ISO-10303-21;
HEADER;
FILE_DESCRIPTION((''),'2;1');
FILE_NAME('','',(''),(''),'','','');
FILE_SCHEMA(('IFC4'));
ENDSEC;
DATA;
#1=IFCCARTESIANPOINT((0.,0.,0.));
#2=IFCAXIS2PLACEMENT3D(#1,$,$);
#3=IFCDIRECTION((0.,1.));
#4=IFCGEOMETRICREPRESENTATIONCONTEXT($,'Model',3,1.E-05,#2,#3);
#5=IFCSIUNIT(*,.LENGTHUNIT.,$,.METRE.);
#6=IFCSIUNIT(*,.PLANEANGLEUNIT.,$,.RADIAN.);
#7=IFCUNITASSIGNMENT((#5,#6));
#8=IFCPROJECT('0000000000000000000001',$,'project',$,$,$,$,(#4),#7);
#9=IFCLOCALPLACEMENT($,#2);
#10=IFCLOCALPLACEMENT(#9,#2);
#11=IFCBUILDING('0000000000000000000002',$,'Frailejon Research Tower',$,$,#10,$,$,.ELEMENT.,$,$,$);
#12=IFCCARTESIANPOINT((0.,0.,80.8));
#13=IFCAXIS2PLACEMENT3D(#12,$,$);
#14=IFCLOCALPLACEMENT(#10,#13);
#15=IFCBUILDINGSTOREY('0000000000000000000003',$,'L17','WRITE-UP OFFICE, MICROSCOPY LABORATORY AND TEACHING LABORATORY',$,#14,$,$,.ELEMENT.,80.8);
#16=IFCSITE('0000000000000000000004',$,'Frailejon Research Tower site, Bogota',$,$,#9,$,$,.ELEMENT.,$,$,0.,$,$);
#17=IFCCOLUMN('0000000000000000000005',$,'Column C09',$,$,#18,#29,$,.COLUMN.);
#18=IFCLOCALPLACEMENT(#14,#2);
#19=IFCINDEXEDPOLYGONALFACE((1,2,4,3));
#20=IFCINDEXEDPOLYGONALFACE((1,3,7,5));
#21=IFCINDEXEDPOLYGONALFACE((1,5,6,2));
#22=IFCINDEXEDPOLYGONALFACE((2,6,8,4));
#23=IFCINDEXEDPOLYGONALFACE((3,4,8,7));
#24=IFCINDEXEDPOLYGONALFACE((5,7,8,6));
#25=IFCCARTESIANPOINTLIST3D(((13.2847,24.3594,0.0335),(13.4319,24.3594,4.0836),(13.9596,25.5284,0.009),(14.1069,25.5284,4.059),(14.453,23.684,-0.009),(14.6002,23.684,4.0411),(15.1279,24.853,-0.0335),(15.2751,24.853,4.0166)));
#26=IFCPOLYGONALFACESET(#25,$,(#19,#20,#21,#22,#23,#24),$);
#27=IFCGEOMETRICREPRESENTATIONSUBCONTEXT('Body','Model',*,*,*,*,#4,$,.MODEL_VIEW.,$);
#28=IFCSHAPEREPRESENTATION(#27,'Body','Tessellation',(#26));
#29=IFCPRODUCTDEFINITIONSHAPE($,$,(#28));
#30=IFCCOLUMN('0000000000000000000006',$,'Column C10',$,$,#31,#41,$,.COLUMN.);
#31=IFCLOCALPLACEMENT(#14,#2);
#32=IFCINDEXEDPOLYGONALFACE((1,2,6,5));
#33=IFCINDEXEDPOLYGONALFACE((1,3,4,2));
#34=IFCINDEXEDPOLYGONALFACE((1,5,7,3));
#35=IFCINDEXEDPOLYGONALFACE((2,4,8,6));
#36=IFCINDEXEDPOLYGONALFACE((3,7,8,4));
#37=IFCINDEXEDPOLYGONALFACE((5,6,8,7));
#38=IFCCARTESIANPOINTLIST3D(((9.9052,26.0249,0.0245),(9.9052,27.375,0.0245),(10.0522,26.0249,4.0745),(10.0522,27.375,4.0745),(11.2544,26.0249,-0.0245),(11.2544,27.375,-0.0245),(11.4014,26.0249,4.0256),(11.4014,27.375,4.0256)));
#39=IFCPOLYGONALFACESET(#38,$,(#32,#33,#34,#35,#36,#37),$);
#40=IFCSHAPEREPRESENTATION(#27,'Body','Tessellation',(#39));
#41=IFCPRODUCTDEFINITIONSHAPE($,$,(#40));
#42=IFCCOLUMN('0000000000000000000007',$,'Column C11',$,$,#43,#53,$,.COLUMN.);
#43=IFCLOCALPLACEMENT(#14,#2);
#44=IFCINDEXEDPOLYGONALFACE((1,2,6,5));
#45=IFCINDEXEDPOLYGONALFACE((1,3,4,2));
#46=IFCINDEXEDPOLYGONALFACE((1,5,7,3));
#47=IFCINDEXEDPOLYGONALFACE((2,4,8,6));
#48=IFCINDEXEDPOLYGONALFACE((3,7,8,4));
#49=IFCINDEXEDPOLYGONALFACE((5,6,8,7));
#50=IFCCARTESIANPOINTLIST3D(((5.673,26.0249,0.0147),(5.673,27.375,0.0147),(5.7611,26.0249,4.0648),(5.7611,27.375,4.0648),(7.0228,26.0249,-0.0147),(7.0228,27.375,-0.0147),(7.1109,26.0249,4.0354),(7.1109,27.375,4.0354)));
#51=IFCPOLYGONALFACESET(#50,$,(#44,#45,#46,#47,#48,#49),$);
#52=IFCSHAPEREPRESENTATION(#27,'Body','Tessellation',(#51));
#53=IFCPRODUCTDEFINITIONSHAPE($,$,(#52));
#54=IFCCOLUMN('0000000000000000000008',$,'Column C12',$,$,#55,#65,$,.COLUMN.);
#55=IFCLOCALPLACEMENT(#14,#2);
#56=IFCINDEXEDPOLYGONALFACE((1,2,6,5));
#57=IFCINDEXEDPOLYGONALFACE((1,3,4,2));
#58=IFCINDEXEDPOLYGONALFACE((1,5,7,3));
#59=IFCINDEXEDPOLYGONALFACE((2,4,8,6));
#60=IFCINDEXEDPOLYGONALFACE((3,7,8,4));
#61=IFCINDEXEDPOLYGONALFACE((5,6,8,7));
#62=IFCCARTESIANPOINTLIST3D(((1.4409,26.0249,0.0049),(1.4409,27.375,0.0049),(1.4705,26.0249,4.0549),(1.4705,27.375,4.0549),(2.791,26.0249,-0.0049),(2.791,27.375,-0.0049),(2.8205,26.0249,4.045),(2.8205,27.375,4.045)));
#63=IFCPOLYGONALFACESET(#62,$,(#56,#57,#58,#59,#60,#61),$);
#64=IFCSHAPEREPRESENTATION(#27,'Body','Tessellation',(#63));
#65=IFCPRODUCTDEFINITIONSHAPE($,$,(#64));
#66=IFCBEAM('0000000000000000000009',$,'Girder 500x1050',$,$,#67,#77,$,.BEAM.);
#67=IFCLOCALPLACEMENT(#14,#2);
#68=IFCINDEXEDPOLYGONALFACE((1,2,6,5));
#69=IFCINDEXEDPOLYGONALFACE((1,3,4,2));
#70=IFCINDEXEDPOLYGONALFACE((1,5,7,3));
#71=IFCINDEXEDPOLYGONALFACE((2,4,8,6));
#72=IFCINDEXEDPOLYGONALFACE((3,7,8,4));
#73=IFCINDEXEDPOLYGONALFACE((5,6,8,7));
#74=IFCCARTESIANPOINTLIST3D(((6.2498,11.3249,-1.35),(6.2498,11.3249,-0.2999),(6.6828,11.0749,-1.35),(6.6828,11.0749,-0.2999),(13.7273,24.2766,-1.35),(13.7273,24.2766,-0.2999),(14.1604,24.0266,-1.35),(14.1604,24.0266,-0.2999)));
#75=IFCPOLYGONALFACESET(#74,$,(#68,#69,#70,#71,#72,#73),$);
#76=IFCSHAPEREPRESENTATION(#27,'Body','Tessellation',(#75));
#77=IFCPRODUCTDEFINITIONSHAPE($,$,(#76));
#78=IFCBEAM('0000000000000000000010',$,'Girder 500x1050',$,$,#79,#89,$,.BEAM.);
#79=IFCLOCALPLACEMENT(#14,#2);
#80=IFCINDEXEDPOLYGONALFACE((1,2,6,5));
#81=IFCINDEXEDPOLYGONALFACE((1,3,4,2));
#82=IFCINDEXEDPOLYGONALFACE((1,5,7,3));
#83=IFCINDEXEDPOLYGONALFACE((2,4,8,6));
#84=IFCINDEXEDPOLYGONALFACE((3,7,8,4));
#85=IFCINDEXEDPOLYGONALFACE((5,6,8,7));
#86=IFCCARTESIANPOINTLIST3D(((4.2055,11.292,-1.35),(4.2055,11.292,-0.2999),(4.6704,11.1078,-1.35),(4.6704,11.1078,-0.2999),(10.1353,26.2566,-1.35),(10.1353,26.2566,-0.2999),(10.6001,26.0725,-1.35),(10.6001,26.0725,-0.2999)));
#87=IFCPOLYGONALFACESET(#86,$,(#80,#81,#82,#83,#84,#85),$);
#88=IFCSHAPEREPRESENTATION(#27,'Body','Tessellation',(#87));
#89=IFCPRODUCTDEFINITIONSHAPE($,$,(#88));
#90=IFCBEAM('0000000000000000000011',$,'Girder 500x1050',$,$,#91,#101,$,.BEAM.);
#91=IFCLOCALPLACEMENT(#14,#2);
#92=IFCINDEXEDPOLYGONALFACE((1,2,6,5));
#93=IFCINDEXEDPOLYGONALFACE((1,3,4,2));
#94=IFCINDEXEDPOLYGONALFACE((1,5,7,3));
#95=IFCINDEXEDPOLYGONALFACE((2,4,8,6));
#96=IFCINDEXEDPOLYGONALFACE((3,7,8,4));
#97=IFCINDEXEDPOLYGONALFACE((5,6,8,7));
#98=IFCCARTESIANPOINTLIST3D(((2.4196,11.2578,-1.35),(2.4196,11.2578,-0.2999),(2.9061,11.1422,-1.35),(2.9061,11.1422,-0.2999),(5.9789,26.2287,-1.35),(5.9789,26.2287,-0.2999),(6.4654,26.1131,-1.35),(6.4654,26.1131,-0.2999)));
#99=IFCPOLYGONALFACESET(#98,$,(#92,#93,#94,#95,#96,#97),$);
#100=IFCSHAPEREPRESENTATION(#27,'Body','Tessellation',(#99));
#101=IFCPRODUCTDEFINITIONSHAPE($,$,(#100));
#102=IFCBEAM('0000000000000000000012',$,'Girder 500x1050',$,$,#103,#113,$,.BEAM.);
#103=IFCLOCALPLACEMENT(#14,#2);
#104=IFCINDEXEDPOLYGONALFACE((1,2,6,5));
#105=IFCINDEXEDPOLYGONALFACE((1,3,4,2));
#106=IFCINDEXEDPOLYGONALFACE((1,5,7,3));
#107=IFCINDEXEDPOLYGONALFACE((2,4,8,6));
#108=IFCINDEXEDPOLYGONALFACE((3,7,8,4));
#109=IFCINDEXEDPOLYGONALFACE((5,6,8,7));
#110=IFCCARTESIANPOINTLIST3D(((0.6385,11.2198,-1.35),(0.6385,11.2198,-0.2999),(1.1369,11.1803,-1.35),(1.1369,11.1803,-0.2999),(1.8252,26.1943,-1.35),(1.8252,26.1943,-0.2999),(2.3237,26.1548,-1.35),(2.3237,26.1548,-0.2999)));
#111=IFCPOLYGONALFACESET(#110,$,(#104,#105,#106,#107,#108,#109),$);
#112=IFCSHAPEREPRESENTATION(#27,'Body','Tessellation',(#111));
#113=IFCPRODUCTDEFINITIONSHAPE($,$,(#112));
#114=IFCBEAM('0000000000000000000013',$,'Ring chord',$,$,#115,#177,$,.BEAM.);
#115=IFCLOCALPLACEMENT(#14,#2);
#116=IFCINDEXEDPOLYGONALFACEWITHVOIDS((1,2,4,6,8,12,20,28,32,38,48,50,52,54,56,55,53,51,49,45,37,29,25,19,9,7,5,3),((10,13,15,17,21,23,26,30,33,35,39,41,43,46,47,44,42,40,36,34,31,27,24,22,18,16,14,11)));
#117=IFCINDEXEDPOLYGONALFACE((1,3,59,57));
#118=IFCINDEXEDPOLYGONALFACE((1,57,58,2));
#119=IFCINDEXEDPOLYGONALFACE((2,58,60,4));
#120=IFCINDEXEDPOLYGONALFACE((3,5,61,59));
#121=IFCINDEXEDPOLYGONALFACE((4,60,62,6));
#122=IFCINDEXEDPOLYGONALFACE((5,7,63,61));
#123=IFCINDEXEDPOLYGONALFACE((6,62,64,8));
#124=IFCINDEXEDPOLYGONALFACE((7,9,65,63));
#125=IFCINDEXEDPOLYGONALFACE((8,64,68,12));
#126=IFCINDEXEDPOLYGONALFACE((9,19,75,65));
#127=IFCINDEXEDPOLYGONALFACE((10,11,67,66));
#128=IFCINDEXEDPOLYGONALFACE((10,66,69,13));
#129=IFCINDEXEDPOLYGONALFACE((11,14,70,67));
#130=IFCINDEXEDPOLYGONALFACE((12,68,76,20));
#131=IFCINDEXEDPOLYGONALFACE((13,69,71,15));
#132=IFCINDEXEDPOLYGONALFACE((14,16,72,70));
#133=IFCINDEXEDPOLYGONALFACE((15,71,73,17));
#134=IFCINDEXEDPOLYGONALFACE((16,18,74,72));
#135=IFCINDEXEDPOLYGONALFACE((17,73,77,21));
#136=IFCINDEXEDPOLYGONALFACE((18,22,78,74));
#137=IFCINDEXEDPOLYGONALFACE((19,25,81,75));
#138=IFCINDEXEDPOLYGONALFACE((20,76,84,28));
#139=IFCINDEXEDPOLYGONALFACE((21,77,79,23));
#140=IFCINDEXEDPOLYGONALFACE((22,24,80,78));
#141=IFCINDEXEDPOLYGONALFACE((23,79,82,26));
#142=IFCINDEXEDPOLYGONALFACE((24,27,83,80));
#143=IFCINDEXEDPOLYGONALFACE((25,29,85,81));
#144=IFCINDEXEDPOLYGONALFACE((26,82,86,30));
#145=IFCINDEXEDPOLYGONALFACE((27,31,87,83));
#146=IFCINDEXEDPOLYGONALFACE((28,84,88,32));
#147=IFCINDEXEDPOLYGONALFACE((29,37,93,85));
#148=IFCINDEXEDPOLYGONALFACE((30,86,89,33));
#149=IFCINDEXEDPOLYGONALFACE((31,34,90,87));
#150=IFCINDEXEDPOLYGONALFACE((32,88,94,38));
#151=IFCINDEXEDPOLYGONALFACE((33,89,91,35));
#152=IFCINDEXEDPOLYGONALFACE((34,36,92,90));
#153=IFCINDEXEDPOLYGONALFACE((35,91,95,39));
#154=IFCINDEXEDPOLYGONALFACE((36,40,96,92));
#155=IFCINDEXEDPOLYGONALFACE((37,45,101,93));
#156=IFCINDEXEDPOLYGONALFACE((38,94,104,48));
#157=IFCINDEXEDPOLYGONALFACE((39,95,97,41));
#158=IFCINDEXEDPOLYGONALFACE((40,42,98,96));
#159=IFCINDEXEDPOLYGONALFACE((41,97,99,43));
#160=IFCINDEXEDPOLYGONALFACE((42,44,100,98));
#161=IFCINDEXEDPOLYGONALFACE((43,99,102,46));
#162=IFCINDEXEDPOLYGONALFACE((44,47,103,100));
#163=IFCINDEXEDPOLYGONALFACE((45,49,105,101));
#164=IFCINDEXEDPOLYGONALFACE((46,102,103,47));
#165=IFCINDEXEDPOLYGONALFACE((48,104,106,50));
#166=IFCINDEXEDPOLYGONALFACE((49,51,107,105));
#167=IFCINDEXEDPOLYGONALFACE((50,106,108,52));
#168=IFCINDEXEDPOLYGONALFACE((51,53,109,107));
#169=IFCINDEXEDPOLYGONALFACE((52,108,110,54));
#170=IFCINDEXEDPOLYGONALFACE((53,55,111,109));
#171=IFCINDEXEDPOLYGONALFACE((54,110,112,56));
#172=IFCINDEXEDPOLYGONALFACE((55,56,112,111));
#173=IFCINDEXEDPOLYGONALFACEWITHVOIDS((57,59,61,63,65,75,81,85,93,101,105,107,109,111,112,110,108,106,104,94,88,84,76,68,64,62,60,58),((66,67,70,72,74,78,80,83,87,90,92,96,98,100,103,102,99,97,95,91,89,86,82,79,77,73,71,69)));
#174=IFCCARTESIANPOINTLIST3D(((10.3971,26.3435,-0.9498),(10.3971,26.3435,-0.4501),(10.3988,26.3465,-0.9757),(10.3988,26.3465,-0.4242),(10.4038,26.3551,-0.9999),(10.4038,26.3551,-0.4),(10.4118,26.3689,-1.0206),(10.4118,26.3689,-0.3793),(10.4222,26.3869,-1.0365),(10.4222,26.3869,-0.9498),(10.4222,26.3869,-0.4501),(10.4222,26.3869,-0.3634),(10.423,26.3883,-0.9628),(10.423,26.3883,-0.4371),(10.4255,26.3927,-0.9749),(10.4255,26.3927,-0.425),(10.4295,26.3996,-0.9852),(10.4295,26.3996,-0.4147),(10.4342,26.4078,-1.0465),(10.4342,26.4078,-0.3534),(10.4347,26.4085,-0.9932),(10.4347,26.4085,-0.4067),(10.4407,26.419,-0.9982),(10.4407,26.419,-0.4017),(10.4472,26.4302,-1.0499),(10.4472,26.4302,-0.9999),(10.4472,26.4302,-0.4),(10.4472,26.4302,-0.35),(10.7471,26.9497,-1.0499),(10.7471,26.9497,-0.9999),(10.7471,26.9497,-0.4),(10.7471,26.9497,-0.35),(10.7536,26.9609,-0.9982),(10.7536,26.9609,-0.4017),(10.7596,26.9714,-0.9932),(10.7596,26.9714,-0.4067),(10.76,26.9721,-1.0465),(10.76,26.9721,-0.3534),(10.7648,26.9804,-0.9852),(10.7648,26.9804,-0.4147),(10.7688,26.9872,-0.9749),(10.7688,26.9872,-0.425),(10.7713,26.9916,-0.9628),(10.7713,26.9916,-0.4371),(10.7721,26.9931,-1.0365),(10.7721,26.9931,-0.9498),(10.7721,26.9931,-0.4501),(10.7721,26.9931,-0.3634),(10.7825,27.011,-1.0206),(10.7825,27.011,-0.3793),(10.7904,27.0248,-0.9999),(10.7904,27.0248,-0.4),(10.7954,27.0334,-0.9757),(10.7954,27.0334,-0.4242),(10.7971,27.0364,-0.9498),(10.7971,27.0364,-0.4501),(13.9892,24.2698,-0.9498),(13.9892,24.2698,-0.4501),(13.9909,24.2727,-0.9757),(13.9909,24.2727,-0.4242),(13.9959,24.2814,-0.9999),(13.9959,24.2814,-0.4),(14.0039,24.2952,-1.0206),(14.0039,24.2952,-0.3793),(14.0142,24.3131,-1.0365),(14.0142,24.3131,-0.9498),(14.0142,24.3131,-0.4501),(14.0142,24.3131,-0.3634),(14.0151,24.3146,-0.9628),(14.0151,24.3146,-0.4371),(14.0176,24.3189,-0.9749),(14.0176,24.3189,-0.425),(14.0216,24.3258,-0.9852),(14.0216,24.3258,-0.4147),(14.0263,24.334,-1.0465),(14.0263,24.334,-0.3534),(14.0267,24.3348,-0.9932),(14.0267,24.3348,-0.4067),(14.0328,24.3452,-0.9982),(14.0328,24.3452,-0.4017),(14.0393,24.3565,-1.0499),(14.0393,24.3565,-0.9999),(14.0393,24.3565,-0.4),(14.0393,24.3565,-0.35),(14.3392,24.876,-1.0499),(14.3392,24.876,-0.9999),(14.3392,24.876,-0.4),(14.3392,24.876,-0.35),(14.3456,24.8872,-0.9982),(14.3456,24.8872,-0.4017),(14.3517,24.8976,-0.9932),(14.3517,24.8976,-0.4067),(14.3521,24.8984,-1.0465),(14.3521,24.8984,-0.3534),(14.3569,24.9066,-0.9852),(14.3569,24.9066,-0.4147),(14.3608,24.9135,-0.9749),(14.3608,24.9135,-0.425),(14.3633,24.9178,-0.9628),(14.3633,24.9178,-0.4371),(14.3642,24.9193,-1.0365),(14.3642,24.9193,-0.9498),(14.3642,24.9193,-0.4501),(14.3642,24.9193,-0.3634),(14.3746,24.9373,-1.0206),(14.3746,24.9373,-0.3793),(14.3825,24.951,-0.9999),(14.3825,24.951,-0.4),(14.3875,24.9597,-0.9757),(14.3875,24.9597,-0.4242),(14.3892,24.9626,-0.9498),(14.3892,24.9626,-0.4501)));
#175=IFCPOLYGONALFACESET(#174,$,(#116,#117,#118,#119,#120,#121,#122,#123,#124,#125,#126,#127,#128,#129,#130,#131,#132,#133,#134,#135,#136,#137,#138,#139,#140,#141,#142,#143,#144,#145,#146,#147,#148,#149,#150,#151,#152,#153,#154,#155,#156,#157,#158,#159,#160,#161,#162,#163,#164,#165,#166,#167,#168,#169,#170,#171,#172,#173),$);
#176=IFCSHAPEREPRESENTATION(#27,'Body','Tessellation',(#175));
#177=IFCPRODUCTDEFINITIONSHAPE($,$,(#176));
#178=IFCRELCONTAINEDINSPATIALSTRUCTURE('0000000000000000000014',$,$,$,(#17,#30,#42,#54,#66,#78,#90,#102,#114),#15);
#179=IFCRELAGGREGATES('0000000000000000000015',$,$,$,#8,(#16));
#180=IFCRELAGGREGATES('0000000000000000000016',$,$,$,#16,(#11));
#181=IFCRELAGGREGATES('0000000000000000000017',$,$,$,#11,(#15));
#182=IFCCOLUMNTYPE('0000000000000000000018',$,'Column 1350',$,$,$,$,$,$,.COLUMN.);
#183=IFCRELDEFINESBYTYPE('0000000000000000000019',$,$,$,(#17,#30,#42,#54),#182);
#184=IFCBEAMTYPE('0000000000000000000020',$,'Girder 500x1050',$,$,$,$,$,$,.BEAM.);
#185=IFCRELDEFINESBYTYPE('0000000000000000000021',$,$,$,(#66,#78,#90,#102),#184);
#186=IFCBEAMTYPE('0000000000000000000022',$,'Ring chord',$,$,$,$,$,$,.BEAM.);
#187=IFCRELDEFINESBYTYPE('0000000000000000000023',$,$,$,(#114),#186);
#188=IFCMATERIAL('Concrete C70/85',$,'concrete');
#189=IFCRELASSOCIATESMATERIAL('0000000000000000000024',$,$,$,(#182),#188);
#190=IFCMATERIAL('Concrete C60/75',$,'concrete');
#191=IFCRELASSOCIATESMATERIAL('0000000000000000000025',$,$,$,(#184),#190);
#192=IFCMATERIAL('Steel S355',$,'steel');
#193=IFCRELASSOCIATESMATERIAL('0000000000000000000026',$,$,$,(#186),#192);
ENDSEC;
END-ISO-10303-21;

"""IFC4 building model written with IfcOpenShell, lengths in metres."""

from ifc_helpers import new_model, si_unit, direction, frame, origin, origin_2d, place, context, subcontext, project, spatial, rectangle, hollow_rectangle, extrude, material, material_profile, profile_set, type_object, element, save


model = new_model("IFC4")

# Units and contexts
model_context = context("Model", 3, precision=1e-05, world=origin(), true_north=direction((0.0, 1.0)))
body_context = subcontext(model_context, "Body", "Model", "MODEL_VIEW")
ifc_project = project(units=[si_unit("LENGTHUNIT", "METRE"), si_unit("PLANEANGLEUNIT", "RADIAN")], contexts=[model_context])

# Site, building, storey
site_placement = place(None, origin())
site = spatial("IfcSite", under=ifc_project, at=site_placement, Name="Frailejon Research Tower site, Bogota", CompositionType="ELEMENT", RefElevation=0.0)
building_placement = place(site_placement, origin())
building = spatial("IfcBuilding", under=site, at=building_placement, Name="Frailejon Research Tower", CompositionType="ELEMENT")
storey_placement = place(building_placement, frame((0.0, 0.0, 80.8)))
storey = spatial("IfcBuildingStorey", under=building, at=storey_placement, Name="L17", Description="WRITE-UP OFFICE, MICROSCOPY LABORATORY AND TEACHING LABORATORY", CompositionType="ELEMENT", Elevation=80.8)

# Columns
ifc_material_1 = material(Name="Concrete C70/85", Category="concrete")
ifc_material_profile_1 = material_profile(ifc_material_1, rectangle(XDim=1.3501, YDim=1.3501, at=origin_2d()), Name="Column 1350")
ifc_profile_set_1 = profile_set([ifc_material_profile_1], Name="Concrete C70/85")
column_type = type_object("IfcColumnType", Name="Column 1350", PredefinedType="COLUMN", material=ifc_profile_set_1)
for number, where, z_axis, x_axis, name in (
    (1, (14.2063, 24.6062, 0.0), (0.036325, 0.0, 0.99934), (-0.865312, 0.500246, 0.031454), "Column C09"),
    (2, (10.5798, 26.7, 0.0), (0.036265, 0.0, 0.999342), (-0.999342, 0.0, 0.036265), "Column C10"),
):
    element("IfcColumn", number, at=place(storey_placement, frame(where, z_axis=z_axis, x_axis=x_axis)), inside=storey, type_object=column_type, Name=name, PredefinedType="COLUMN", context=body_context, shape_type="SweptSolid", body=[
        extrude(rectangle(XDim=1.3501, YDim=1.3501, at=origin_2d()), origin(), (0.0, 0.0, 1.0), 4.0527),
    ])
column_1_placement = place(storey_placement, frame((6.3479, 26.7, 0.0), z_axis=(0.021756, 0.0, 0.999763), x_axis=(-0.999763, 0.0, 0.021756)))
element("IfcColumn", 3, at=column_1_placement, inside=storey, type_object=column_type, Name="Column C11", PredefinedType="COLUMN", context=body_context, shape_type="SweptSolid", body=[
    extrude(rectangle(XDim=1.3501, YDim=1.3501, at=origin_2d()), origin(), (0.0, 0.0, 1.0), 4.051),
])
column_2_placement = place(storey_placement, frame((2.116, 26.7, 0.0), z_axis=(0.007294, 0.0, 0.999973), x_axis=(-0.999973, 0.0, 0.007294)))
element("IfcColumn", 4, at=column_2_placement, inside=storey, type_object=column_type, Name="Column C12", PredefinedType="COLUMN", context=body_context, shape_type="SweptSolid", body=[
    extrude(rectangle(XDim=1.3501, YDim=1.3501, at=origin_2d()), origin(), (0.0, 0.0, 1.0), 4.05),
])

# Beams
ifc_material_2 = material(Name="Concrete C60/75", Category="concrete")
ifc_material_profile_2 = material_profile(ifc_material_2, rectangle(XDim=0.5, YDim=1.05, at=origin_2d()), Name="Girder 500x1050")
ifc_profile_set_2 = profile_set([ifc_material_profile_2], Name="Concrete C60/75")
beam_type_1 = type_object("IfcBeamType", Name="Girder 500x1050", PredefinedType="BEAM", material=ifc_profile_set_2)
beam_1_placement = place(storey_placement, frame((13.9438, 24.1516, -0.825), z_axis=(-0.499995, -0.866028, 0.0), x_axis=(0.866028, -0.499995, 0.0)))
element("IfcBeam", 5, at=beam_1_placement, inside=storey, type_object=beam_type_1, Name="Girder 500x1050", PredefinedType="BEAM", context=body_context, shape_type="SweptSolid", body=[
    extrude(rectangle(XDim=0.5, YDim=1.05, at=origin_2d()), origin(), (0.0, 0.0, 1.0), 14.9553),
])
beam_2_placement = place(storey_placement, frame((10.3677, 26.1646, -0.825), z_axis=(-0.368381, -0.929675, 0.0), x_axis=(0.929675, -0.368381, 0.0)))
element("IfcBeam", 6, at=beam_2_placement, inside=storey, type_object=beam_type_1, Name="Girder 500x1050", PredefinedType="BEAM", context=body_context, shape_type="SweptSolid", body=[
    extrude(rectangle(XDim=0.5, YDim=1.05, at=origin_2d()), origin(), (0.0, 0.0, 1.0), 16.0967),
])
beam_3_placement = place(storey_placement, frame((6.2222, 26.1709, -0.825), z_axis=(-0.231302, -0.972882, 0.0), x_axis=(0.972882, -0.231302, 0.0)))
element("IfcBeam", 7, at=beam_3_placement, inside=storey, type_object=beam_type_1, Name="Girder 500x1050", PredefinedType="BEAM", context=body_context, shape_type="SweptSolid", body=[
    extrude(rectangle(XDim=0.5, YDim=1.05, at=origin_2d()), origin(), (0.0, 0.0, 1.0), 15.3882),
])
beam_4_placement = place(storey_placement, frame((2.0745, 26.1746, -0.825), z_axis=(-0.079004, -0.996874, 0.0), x_axis=(0.996874, -0.079004, 0.0)))
element("IfcBeam", 8, at=beam_4_placement, inside=storey, type_object=beam_type_1, Name="Girder 500x1050", PredefinedType="BEAM", context=body_context, shape_type="SweptSolid", body=[
    extrude(rectangle(XDim=0.5, YDim=1.05, at=origin_2d()), origin(), (0.0, 0.0, 1.0), 15.0215),
])
ifc_material_3 = material(Name="Steel S355", Category="steel")
ifc_material_profile_3 = material_profile(ifc_material_3, hollow_rectangle(XDim=0.8, YDim=0.7, WallThickness=0.05, InnerFilletRadius=0.05, OuterFilletRadius=0.1001, at=origin_2d()), Name="Ring chord")
ifc_profile_set_3 = profile_set([ifc_material_profile_3], Name="Steel S355")
beam_type_2 = type_object("IfcBeamType", Name="Ring chord", PredefinedType="BEAM", material=ifc_profile_set_3)
beam_5_placement = place(storey_placement, frame((14.1892, 24.6162, -0.7), z_axis=(-0.86604, 0.499976, 0.0), x_axis=(-0.499976, -0.86604, 0.0)))
element("IfcBeam", 9, at=beam_5_placement, inside=storey, type_object=beam_type_2, Name="Ring chord", PredefinedType="BEAM", context=body_context, shape_type="SweptSolid", body=[
    extrude(hollow_rectangle(XDim=0.8, YDim=0.7, WallThickness=0.05, InnerFilletRadius=0.05, OuterFilletRadius=0.1001, at=origin_2d()), origin(), (0.0, 0.0, 1.0), 4.1477),
])

save(model, "model.ifc")
